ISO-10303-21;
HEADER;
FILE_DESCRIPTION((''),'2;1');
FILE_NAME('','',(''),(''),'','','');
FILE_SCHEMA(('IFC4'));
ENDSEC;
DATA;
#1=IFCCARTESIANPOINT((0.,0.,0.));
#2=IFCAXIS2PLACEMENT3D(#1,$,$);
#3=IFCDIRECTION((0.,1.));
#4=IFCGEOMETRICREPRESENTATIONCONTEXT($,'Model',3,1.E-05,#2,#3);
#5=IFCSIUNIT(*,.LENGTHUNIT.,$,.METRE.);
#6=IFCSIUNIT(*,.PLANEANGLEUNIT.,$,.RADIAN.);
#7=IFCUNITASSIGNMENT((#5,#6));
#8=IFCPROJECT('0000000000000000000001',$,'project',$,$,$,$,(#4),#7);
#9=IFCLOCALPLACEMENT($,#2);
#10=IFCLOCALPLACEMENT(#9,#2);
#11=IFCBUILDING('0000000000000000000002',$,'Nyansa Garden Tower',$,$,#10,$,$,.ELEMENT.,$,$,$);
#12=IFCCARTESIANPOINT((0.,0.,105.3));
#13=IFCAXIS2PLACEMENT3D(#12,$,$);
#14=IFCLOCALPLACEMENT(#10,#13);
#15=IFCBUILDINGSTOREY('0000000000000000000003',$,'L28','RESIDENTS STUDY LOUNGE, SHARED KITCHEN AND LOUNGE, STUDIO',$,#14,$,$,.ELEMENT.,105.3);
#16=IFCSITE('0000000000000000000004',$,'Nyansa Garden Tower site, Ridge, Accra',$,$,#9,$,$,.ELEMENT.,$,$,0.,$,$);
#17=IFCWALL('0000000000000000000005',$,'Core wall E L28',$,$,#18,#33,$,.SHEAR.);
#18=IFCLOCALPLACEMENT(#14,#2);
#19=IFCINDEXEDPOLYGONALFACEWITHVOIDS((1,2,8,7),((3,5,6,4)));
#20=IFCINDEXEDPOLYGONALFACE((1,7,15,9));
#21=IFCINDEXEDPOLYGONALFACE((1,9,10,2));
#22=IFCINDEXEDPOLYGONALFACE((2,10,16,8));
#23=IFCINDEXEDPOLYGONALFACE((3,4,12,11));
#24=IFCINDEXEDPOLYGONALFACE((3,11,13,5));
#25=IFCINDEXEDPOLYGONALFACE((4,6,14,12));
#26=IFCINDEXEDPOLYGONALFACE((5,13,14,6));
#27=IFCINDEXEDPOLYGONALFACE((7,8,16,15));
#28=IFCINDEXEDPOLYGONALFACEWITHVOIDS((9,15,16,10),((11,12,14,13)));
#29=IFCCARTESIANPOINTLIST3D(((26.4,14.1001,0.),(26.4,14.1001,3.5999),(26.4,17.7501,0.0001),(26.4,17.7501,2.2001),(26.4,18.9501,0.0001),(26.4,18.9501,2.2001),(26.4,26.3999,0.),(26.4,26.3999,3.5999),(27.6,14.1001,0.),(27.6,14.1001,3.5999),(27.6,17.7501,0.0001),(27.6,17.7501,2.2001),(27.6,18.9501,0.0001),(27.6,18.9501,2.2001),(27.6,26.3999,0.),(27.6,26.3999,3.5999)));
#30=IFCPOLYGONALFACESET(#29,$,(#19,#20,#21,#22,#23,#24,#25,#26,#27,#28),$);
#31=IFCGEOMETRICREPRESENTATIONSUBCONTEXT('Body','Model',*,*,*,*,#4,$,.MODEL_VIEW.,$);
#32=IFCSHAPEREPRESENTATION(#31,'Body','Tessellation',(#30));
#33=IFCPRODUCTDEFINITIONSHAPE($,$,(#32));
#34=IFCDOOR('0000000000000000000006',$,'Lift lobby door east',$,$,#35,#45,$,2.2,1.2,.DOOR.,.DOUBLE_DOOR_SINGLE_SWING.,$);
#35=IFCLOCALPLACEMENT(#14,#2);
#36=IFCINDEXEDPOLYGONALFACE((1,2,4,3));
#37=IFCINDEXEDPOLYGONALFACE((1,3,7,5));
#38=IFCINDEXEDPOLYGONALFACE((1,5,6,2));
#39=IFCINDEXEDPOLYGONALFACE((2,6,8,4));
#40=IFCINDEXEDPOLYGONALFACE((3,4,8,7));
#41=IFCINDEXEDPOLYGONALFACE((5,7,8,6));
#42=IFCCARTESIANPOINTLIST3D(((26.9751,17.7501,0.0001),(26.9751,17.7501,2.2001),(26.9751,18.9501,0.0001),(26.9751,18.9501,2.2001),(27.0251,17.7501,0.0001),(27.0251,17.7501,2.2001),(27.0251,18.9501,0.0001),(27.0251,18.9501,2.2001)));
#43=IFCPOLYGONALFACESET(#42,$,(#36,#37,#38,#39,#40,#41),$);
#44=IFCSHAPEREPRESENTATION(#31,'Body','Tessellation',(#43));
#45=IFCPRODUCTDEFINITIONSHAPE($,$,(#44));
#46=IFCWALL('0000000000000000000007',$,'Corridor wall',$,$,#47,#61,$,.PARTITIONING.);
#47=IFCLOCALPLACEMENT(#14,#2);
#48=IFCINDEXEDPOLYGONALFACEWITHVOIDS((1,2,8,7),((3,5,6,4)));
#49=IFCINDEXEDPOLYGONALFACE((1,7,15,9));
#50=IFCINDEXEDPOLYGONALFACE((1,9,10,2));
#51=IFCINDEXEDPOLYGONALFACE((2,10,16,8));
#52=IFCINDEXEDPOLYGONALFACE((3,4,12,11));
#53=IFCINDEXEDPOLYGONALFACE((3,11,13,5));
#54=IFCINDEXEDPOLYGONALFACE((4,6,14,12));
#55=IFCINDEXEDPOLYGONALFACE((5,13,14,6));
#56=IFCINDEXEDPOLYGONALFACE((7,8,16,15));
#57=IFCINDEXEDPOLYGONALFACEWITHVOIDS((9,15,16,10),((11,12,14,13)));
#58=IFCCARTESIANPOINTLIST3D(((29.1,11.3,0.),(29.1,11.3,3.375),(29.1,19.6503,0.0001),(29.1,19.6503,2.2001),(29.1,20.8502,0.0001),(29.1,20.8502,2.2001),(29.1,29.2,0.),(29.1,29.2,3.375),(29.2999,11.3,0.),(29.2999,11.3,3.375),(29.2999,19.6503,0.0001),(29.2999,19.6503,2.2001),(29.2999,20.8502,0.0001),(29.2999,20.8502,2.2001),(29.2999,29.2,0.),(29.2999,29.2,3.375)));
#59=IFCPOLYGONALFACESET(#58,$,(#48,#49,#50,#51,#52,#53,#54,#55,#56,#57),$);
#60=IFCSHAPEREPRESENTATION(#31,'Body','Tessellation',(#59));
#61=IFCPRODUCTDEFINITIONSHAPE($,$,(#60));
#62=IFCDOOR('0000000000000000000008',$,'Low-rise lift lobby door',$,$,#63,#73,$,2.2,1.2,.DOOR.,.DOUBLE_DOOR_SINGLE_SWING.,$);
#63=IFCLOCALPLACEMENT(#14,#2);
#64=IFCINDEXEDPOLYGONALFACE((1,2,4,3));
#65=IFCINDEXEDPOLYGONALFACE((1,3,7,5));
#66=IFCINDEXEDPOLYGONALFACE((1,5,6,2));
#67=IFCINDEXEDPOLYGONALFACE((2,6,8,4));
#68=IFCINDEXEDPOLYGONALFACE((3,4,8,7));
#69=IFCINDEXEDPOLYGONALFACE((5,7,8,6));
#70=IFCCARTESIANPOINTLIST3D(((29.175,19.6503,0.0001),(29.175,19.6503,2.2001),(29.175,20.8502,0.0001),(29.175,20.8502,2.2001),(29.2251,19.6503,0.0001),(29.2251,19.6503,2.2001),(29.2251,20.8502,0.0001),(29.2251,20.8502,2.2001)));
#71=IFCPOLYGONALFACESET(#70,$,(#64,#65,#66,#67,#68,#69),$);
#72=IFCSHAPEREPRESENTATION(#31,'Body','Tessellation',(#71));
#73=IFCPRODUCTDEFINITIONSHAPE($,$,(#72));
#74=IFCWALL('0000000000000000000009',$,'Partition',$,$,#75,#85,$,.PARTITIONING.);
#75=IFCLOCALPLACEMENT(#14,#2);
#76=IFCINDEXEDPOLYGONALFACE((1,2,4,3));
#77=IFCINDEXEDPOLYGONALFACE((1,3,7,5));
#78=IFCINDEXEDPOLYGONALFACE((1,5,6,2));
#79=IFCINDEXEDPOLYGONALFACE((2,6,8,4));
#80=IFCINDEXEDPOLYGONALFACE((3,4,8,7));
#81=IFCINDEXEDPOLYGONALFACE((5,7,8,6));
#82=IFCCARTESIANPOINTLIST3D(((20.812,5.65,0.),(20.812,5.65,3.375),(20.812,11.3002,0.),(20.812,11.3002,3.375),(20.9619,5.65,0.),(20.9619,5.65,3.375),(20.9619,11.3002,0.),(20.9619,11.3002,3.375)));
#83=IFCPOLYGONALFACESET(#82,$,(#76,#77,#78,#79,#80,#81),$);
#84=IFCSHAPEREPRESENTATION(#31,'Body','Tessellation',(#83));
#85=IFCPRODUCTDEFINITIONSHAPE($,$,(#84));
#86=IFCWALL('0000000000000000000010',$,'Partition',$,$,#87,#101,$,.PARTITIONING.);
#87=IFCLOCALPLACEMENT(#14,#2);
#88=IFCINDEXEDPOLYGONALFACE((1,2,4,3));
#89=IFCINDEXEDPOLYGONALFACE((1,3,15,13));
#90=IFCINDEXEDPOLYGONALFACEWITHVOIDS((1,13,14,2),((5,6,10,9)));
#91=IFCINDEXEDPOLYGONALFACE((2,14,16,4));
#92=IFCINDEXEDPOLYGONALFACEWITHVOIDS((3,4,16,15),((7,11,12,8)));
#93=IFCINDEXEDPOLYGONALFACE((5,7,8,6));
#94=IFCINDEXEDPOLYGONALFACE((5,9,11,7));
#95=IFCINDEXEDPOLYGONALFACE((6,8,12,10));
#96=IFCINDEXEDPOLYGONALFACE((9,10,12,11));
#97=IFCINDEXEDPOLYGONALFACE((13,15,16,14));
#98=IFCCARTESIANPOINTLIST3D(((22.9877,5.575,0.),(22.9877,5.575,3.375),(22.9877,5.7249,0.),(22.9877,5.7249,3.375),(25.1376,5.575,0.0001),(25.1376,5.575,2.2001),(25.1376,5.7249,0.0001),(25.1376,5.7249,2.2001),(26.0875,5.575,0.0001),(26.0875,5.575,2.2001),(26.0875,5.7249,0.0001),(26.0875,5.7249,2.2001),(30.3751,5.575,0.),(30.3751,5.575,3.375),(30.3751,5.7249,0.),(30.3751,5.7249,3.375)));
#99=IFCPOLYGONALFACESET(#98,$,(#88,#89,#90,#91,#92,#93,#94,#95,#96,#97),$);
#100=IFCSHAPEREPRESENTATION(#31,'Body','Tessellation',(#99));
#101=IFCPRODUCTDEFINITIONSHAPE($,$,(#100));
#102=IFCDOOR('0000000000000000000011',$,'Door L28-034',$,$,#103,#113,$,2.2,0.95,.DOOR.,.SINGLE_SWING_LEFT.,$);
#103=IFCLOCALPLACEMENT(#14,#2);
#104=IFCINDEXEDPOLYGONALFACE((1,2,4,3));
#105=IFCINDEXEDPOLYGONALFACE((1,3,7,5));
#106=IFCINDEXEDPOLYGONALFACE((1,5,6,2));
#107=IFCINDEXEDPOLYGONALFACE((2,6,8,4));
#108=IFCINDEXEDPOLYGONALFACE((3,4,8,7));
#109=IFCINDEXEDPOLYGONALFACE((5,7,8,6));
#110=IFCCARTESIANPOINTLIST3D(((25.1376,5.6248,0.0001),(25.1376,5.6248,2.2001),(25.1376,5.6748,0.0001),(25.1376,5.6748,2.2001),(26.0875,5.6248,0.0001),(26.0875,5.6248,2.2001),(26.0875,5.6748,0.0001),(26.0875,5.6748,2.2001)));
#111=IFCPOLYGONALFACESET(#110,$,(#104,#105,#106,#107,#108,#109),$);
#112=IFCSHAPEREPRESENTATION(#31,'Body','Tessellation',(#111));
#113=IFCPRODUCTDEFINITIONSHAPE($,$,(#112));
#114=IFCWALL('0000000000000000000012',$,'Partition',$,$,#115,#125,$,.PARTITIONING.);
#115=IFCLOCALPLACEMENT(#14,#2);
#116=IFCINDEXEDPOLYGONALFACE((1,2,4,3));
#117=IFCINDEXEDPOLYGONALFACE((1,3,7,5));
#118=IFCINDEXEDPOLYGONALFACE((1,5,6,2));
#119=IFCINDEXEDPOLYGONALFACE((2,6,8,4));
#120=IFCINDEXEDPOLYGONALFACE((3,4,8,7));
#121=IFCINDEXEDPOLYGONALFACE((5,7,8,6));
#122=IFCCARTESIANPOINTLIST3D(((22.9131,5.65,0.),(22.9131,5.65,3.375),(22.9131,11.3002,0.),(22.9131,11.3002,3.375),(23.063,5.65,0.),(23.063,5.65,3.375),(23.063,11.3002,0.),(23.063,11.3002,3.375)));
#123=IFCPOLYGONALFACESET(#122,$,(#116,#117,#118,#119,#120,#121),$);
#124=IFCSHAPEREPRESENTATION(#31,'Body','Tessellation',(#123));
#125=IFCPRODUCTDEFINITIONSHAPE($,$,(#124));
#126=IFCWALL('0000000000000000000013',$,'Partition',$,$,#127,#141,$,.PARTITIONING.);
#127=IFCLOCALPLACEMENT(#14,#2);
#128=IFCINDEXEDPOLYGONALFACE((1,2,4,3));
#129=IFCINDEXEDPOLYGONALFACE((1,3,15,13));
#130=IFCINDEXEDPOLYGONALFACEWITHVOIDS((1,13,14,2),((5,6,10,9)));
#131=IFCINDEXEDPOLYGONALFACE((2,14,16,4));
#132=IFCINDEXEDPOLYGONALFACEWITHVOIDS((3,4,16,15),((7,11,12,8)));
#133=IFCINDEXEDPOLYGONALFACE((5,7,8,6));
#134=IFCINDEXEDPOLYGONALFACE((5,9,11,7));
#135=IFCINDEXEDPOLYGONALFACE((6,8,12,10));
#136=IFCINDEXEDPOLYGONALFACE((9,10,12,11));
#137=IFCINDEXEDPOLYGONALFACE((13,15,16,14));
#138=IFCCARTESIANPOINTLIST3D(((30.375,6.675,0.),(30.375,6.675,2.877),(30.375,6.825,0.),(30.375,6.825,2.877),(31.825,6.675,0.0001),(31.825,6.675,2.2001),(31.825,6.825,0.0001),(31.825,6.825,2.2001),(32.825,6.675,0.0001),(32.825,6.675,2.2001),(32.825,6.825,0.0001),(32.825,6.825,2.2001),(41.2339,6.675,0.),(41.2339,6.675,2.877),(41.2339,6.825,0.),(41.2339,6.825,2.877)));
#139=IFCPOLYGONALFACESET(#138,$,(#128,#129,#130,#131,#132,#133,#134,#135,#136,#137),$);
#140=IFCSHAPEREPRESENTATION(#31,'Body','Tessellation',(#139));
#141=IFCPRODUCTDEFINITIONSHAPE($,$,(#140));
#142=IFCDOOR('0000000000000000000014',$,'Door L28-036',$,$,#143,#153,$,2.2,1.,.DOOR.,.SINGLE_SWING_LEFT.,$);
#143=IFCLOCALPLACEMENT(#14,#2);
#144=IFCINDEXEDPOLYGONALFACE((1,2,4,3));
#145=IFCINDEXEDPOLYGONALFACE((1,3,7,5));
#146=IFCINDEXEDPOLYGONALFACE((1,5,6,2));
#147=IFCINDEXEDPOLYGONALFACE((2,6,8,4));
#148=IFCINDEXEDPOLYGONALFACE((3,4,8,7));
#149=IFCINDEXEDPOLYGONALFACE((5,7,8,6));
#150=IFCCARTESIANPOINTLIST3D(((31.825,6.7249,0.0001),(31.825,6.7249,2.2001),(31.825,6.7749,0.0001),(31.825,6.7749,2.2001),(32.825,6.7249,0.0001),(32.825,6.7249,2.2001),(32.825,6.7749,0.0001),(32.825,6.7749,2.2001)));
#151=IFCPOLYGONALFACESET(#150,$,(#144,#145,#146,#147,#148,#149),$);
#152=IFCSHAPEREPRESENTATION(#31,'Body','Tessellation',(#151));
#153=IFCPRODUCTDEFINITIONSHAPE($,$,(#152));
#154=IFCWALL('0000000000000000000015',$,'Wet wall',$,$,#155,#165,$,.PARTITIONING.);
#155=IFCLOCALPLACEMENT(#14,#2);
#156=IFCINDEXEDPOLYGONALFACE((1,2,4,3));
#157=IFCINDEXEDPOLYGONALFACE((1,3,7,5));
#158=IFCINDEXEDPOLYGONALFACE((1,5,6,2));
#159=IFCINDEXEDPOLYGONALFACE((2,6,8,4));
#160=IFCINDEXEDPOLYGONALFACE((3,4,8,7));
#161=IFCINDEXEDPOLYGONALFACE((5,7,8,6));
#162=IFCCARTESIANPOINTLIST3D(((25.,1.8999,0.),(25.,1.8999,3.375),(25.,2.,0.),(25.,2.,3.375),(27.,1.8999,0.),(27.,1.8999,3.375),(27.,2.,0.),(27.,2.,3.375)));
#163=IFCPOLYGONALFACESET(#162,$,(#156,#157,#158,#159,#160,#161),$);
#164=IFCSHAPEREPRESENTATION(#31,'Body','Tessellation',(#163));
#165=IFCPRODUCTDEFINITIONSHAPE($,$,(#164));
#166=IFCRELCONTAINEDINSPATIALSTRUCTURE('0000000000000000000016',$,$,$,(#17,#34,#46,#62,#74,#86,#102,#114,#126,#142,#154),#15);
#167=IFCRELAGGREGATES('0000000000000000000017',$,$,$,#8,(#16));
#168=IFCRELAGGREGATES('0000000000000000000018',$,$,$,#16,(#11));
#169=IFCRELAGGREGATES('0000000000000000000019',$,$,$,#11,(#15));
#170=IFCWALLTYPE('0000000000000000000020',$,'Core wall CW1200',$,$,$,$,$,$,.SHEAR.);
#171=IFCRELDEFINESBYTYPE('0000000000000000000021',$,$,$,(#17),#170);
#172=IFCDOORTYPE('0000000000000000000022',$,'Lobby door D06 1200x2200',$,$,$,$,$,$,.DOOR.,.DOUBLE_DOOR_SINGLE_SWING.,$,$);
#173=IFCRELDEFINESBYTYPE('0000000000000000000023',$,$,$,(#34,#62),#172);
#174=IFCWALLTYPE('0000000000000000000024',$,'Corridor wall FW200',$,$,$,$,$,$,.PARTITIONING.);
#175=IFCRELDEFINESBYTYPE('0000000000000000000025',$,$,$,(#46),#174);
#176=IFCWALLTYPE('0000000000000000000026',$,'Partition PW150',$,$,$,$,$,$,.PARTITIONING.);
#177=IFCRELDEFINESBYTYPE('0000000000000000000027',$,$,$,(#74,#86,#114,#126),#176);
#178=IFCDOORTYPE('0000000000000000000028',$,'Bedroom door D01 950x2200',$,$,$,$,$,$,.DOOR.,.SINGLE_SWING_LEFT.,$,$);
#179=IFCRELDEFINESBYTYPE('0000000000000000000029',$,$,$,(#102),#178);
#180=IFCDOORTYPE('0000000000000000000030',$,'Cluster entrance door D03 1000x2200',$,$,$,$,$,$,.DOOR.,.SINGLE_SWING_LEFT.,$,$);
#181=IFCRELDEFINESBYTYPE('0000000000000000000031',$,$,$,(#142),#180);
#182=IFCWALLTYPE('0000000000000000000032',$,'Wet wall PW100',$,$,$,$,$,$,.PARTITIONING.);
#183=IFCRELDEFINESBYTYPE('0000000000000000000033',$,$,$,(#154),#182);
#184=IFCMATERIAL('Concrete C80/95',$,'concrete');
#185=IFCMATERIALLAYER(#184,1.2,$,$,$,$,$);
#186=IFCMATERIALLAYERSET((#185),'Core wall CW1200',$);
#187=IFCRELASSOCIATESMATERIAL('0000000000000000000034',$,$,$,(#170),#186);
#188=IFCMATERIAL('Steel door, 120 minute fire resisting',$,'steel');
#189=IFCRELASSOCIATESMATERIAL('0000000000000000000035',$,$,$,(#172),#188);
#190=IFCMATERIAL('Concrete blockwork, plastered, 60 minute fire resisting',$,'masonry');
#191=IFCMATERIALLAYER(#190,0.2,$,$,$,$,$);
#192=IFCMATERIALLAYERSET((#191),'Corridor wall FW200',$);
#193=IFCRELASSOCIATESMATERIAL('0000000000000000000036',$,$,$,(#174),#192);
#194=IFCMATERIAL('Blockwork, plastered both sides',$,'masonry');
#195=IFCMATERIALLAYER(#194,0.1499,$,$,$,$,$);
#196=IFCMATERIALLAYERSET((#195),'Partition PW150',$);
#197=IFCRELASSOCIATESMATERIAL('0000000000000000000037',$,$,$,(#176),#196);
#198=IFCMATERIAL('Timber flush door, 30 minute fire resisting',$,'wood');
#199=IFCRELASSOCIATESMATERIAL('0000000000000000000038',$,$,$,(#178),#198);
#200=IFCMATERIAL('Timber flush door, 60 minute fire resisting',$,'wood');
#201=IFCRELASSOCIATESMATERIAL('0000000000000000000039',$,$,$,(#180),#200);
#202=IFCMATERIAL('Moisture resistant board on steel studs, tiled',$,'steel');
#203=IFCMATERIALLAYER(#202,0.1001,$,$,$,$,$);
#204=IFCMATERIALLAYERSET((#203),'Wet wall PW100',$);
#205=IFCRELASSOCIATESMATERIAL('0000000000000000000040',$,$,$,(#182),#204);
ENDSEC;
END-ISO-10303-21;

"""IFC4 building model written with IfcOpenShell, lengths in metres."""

from ifc_helpers import new_model, si_unit, direction, frame, frame_2d, origin, place, context, subcontext, project, spatial, rectangle, extrude, material, layer, layer_set, type_object, element, fill, save


model = new_model("IFC4")

# Units and contexts
model_context = context("Model", 3, precision=1e-05, world=origin(), true_north=direction((0.0, 1.0)))
body_context = subcontext(model_context, "Body", "Model", "MODEL_VIEW")
ifc_project = project(units=[si_unit("LENGTHUNIT", "METRE"), si_unit("PLANEANGLEUNIT", "RADIAN")], contexts=[model_context])

# Site, building, storey
site_placement = place(None, origin())
site = spatial("IfcSite", under=ifc_project, at=site_placement, Name="Nyansa Garden Tower site, Ridge, Accra", CompositionType="ELEMENT", RefElevation=0.0)
building_placement = place(site_placement, origin())
building = spatial("IfcBuilding", under=site, at=building_placement, Name="Nyansa Garden Tower", CompositionType="ELEMENT")
storey_placement = place(building_placement, frame((0.0, 0.0, 105.3)))
storey = spatial("IfcBuildingStorey", under=building, at=storey_placement, Name="L28", Description="RESIDENTS STUDY LOUNGE, SHARED KITCHEN AND LOUNGE, STUDIO", CompositionType="ELEMENT", Elevation=105.3)

# Walls, openings, doors
ifc_material_1 = material(Name="Concrete C80/95", Category="concrete")
ifc_layer_1 = layer(ifc_material_1, 1.2)
ifc_layer_set_1 = layer_set([ifc_layer_1], Name="Core wall CW1200")
wall_type_1 = type_object("IfcWallType", Name="Core wall CW1200", PredefinedType="SHEAR", material=ifc_layer_set_1)
wall_1_placement = place(storey_placement, frame((27.0, 14.1001, 0.0), z_axis=(0.0, 0.0, 1.0), x_axis=(0.0, 1.0, 0.0)))
wall_1 = element("IfcWall", 1, at=wall_1_placement, inside=storey, type_object=wall_type_1, Name="Core wall E L28", PredefinedType="SHEAR", context=body_context, shape_type="SweptSolid", body=[
    extrude(rectangle(XDim=12.2998, YDim=1.2, at=frame_2d((6.1499, 0.0))), origin(), (0.0, 0.0, 1.0), 3.5999),
])
opening_1_placement = place(wall_1_placement, frame((3.6499, 0.0, 0.0)))
opening_1 = element("IfcOpeningElement", 2, at=opening_1_placement, cuts=wall_1, PredefinedType="OPENING", context=body_context, shape_type="SweptSolid", body=[
    extrude(rectangle(XDim=1.2, YDim=2.2, at=frame_2d((0.6001, 1.1001))), frame((0.0, 0.6099, 0.0), z_axis=(0.0, -1.0, 0.0), x_axis=(1.0, 0.0, 0.0)), (0.0, 0.0, 1.0), 1.22),
])
ifc_material_2 = material(Name="Steel door, 120 minute fire resisting", Category="steel")
door_type_1 = type_object("IfcDoorType", Name="Lobby door D06 1200x2200", OperationType="DOUBLE_DOOR_SINGLE_SWING", PredefinedType="DOOR", material=ifc_material_2)
door_1_placement = place(opening_1_placement, origin())
door_1 = element("IfcDoor", 3, at=door_1_placement, inside=storey, type_object=door_type_1, Name="Lift lobby door east", OperationType="DOUBLE_DOOR_SINGLE_SWING", OverallHeight=2.2, OverallWidth=1.2, PredefinedType="DOOR", context=body_context, shape_type="SweptSolid", body=[
    extrude(rectangle(XDim=1.2, YDim=2.2, at=frame_2d((0.6001, 1.1001))), frame((0.0, 0.0249, 0.0), z_axis=(0.0, -1.0, 0.0), x_axis=(1.0, 0.0, 0.0)), (0.0, 0.0, 1.0), 0.05),
])
fill(opening_1, door_1)
ifc_material_3 = material(Name="Concrete blockwork, plastered, 60 minute fire resisting", Category="masonry")
ifc_layer_2 = layer(ifc_material_3, 0.2)
ifc_layer_set_2 = layer_set([ifc_layer_2], Name="Corridor wall FW200")
wall_type_2 = type_object("IfcWallType", Name="Corridor wall FW200", PredefinedType="PARTITIONING", material=ifc_layer_set_2)
wall_2_placement = place(storey_placement, frame((29.2, 11.3, 0.0), z_axis=(0.0, 0.0, 1.0), x_axis=(0.0, 1.0, 0.0)))
wall_2 = element("IfcWall", 4, at=wall_2_placement, inside=storey, type_object=wall_type_2, Name="Corridor wall", PredefinedType="PARTITIONING", context=body_context, shape_type="SweptSolid", body=[
    extrude(rectangle(XDim=17.8999, YDim=0.2, at=frame_2d((8.95, 0.0))), origin(), (0.0, 0.0, 1.0), 3.375),
])
opening_2_placement = place(wall_2_placement, frame((8.3501, 0.0, 0.0)))
opening_2 = element("IfcOpeningElement", 5, at=opening_2_placement, cuts=wall_2, PredefinedType="OPENING", context=body_context, shape_type="SweptSolid", body=[
    extrude(rectangle(XDim=1.2, YDim=2.2, at=frame_2d((0.6001, 1.1001))), frame((0.0, 0.1099, 0.0), z_axis=(0.0, -1.0, 0.0), x_axis=(1.0, 0.0, 0.0)), (0.0, 0.0, 1.0), 0.22),
])
door_2_placement = place(opening_2_placement, origin())
door_2 = element("IfcDoor", 6, at=door_2_placement, inside=storey, type_object=door_type_1, Name="Low-rise lift lobby door", OperationType="DOUBLE_DOOR_SINGLE_SWING", OverallHeight=2.2, OverallWidth=1.2, PredefinedType="DOOR", context=body_context, shape_type="SweptSolid", body=[
    extrude(rectangle(XDim=1.2, YDim=2.2, at=frame_2d((0.6001, 1.1001))), frame((0.0, 0.0249, 0.0), z_axis=(0.0, -1.0, 0.0), x_axis=(1.0, 0.0, 0.0)), (0.0, 0.0, 1.0), 0.05),
])
fill(opening_2, door_2)

# Wall
ifc_material_4 = material(Name="Blockwork, plastered both sides", Category="masonry")
ifc_layer_3 = layer(ifc_material_4, 0.1499)
ifc_layer_set_3 = layer_set([ifc_layer_3], Name="Partition PW150")
wall_type_3 = type_object("IfcWallType", Name="Partition PW150", PredefinedType="PARTITIONING", material=ifc_layer_set_3)
wall_3_placement = place(storey_placement, frame((20.887, 5.6499, 0.0), z_axis=(0.0, 0.0, 1.0), x_axis=(0.0, 1.0, 0.0)))
element("IfcWall", 7, at=wall_3_placement, inside=storey, type_object=wall_type_3, Name="Partition", PredefinedType="PARTITIONING", context=body_context, shape_type="SweptSolid", body=[
    extrude(rectangle(XDim=5.6501, YDim=0.1499, at=frame_2d((2.8252, 0.0))), origin(), (0.0, 0.0, 1.0), 3.375),
])

# Wall, opening, door
wall_4_placement = place(storey_placement, frame((22.9875, 5.6499, 0.0), z_axis=(0.0, 0.0, 1.0), x_axis=(1.0, 0.0, 0.0)))
wall_4 = element("IfcWall", 8, at=wall_4_placement, inside=storey, type_object=wall_type_3, Name="Partition", PredefinedType="PARTITIONING", context=body_context, shape_type="SweptSolid", body=[
    extrude(rectangle(XDim=7.3875, YDim=0.1499, at=frame_2d((3.6938, 0.0))), origin(), (0.0, 0.0, 1.0), 3.375),
])
opening_3_placement = place(wall_4_placement, frame((2.1499, 0.0, 0.0)))
opening_3 = element("IfcOpeningElement", 9, at=opening_3_placement, cuts=wall_4, PredefinedType="OPENING", context=body_context, shape_type="SweptSolid", body=[
    extrude(rectangle(XDim=0.95, YDim=2.2, at=frame_2d((0.4751, 1.1001))), frame((0.0, 0.085, 0.0), z_axis=(0.0, -1.0, 0.0), x_axis=(1.0, 0.0, 0.0)), (0.0, 0.0, 1.0), 0.1699),
])
ifc_material_5 = material(Name="Timber flush door, 30 minute fire resisting", Category="wood")
door_type_2 = type_object("IfcDoorType", Name="Bedroom door D01 950x2200", OperationType="SINGLE_SWING_LEFT", PredefinedType="DOOR", material=ifc_material_5)
door_3_placement = place(opening_3_placement, origin())
door_3 = element("IfcDoor", 10, at=door_3_placement, inside=storey, type_object=door_type_2, Name="Door L28-034", OperationType="SINGLE_SWING_LEFT", OverallHeight=2.2, OverallWidth=0.95, PredefinedType="DOOR", context=body_context, shape_type="SweptSolid", body=[
    extrude(rectangle(XDim=0.95, YDim=2.2, at=frame_2d((0.4751, 1.1001))), frame((0.0, 0.0249, 0.0), z_axis=(0.0, -1.0, 0.0), x_axis=(1.0, 0.0, 0.0)), (0.0, 0.0, 1.0), 0.05),
])
fill(opening_3, door_3)

# Wall
wall_5_placement = place(storey_placement, frame((22.988, 5.6499, 0.0), z_axis=(0.0, 0.0, 1.0), x_axis=(0.0, 1.0, 0.0)))
element("IfcWall", 11, at=wall_5_placement, inside=storey, type_object=wall_type_3, Name="Partition", PredefinedType="PARTITIONING", context=body_context, shape_type="SweptSolid", body=[
    extrude(rectangle(XDim=5.6501, YDim=0.1499, at=frame_2d((2.8252, 0.0))), origin(), (0.0, 0.0, 1.0), 3.375),
])

# Wall, opening, door
wall_6_placement = place(storey_placement, frame((30.375, 6.75, 0.0), z_axis=(0.0, 0.0, 1.0), x_axis=(1.0, 0.0, 0.0)))
wall_6 = element("IfcWall", 12, at=wall_6_placement, inside=storey, type_object=wall_type_3, Name="Partition", PredefinedType="PARTITIONING", context=body_context, shape_type="SweptSolid", body=[
    extrude(rectangle(XDim=10.8589, YDim=0.1499, at=frame_2d((5.4294, 0.0))), origin(), (0.0, 0.0, 1.0), 2.877),
])
opening_4_placement = place(wall_6_placement, frame((1.45, 0.0, 0.0)))
opening_4 = element("IfcOpeningElement", 13, at=opening_4_placement, cuts=wall_6, PredefinedType="OPENING", context=body_context, shape_type="SweptSolid", body=[
    extrude(rectangle(XDim=1.0, YDim=2.2, at=frame_2d((0.5, 1.1001))), frame((0.0, 0.085, 0.0), z_axis=(0.0, -1.0, 0.0), x_axis=(1.0, 0.0, 0.0)), (0.0, 0.0, 1.0), 0.1699),
])
ifc_material_6 = material(Name="Timber flush door, 60 minute fire resisting", Category="wood")
door_type_3 = type_object("IfcDoorType", Name="Cluster entrance door D03 1000x2200", OperationType="SINGLE_SWING_LEFT", PredefinedType="DOOR", material=ifc_material_6)
door_4_placement = place(opening_4_placement, origin())
door_4 = element("IfcDoor", 14, at=door_4_placement, inside=storey, type_object=door_type_3, Name="Door L28-036", OperationType="SINGLE_SWING_LEFT", OverallHeight=2.2, OverallWidth=1.0, PredefinedType="DOOR", context=body_context, shape_type="SweptSolid", body=[
    extrude(rectangle(XDim=1.0, YDim=2.2, at=frame_2d((0.5, 1.1001))), frame((0.0, 0.0249, 0.0), z_axis=(0.0, -1.0, 0.0), x_axis=(1.0, 0.0, 0.0)), (0.0, 0.0, 1.0), 0.05),
])
fill(opening_4, door_4)

# Wall
ifc_material_7 = material(Name="Moisture resistant board on steel studs, tiled", Category="steel")
ifc_layer_4 = layer(ifc_material_7, 0.1001)
ifc_layer_set_4 = layer_set([ifc_layer_4], Name="Wet wall PW100")
wall_type_4 = type_object("IfcWallType", Name="Wet wall PW100", PredefinedType="PARTITIONING", material=ifc_layer_set_4)
wall_7_placement = place(storey_placement, frame((25.0, 1.95, 0.0), z_axis=(0.0, 0.0, 1.0), x_axis=(1.0, 0.0, 0.0)))
element("IfcWall", 15, at=wall_7_placement, inside=storey, type_object=wall_type_4, Name="Wet wall", PredefinedType="PARTITIONING", context=body_context, shape_type="SweptSolid", body=[
    extrude(rectangle(XDim=2.0, YDim=0.1001, at=frame_2d((1.0, 0.0))), origin(), (0.0, 0.0, 1.0), 3.375),
])

save(model, "model.ifc")
